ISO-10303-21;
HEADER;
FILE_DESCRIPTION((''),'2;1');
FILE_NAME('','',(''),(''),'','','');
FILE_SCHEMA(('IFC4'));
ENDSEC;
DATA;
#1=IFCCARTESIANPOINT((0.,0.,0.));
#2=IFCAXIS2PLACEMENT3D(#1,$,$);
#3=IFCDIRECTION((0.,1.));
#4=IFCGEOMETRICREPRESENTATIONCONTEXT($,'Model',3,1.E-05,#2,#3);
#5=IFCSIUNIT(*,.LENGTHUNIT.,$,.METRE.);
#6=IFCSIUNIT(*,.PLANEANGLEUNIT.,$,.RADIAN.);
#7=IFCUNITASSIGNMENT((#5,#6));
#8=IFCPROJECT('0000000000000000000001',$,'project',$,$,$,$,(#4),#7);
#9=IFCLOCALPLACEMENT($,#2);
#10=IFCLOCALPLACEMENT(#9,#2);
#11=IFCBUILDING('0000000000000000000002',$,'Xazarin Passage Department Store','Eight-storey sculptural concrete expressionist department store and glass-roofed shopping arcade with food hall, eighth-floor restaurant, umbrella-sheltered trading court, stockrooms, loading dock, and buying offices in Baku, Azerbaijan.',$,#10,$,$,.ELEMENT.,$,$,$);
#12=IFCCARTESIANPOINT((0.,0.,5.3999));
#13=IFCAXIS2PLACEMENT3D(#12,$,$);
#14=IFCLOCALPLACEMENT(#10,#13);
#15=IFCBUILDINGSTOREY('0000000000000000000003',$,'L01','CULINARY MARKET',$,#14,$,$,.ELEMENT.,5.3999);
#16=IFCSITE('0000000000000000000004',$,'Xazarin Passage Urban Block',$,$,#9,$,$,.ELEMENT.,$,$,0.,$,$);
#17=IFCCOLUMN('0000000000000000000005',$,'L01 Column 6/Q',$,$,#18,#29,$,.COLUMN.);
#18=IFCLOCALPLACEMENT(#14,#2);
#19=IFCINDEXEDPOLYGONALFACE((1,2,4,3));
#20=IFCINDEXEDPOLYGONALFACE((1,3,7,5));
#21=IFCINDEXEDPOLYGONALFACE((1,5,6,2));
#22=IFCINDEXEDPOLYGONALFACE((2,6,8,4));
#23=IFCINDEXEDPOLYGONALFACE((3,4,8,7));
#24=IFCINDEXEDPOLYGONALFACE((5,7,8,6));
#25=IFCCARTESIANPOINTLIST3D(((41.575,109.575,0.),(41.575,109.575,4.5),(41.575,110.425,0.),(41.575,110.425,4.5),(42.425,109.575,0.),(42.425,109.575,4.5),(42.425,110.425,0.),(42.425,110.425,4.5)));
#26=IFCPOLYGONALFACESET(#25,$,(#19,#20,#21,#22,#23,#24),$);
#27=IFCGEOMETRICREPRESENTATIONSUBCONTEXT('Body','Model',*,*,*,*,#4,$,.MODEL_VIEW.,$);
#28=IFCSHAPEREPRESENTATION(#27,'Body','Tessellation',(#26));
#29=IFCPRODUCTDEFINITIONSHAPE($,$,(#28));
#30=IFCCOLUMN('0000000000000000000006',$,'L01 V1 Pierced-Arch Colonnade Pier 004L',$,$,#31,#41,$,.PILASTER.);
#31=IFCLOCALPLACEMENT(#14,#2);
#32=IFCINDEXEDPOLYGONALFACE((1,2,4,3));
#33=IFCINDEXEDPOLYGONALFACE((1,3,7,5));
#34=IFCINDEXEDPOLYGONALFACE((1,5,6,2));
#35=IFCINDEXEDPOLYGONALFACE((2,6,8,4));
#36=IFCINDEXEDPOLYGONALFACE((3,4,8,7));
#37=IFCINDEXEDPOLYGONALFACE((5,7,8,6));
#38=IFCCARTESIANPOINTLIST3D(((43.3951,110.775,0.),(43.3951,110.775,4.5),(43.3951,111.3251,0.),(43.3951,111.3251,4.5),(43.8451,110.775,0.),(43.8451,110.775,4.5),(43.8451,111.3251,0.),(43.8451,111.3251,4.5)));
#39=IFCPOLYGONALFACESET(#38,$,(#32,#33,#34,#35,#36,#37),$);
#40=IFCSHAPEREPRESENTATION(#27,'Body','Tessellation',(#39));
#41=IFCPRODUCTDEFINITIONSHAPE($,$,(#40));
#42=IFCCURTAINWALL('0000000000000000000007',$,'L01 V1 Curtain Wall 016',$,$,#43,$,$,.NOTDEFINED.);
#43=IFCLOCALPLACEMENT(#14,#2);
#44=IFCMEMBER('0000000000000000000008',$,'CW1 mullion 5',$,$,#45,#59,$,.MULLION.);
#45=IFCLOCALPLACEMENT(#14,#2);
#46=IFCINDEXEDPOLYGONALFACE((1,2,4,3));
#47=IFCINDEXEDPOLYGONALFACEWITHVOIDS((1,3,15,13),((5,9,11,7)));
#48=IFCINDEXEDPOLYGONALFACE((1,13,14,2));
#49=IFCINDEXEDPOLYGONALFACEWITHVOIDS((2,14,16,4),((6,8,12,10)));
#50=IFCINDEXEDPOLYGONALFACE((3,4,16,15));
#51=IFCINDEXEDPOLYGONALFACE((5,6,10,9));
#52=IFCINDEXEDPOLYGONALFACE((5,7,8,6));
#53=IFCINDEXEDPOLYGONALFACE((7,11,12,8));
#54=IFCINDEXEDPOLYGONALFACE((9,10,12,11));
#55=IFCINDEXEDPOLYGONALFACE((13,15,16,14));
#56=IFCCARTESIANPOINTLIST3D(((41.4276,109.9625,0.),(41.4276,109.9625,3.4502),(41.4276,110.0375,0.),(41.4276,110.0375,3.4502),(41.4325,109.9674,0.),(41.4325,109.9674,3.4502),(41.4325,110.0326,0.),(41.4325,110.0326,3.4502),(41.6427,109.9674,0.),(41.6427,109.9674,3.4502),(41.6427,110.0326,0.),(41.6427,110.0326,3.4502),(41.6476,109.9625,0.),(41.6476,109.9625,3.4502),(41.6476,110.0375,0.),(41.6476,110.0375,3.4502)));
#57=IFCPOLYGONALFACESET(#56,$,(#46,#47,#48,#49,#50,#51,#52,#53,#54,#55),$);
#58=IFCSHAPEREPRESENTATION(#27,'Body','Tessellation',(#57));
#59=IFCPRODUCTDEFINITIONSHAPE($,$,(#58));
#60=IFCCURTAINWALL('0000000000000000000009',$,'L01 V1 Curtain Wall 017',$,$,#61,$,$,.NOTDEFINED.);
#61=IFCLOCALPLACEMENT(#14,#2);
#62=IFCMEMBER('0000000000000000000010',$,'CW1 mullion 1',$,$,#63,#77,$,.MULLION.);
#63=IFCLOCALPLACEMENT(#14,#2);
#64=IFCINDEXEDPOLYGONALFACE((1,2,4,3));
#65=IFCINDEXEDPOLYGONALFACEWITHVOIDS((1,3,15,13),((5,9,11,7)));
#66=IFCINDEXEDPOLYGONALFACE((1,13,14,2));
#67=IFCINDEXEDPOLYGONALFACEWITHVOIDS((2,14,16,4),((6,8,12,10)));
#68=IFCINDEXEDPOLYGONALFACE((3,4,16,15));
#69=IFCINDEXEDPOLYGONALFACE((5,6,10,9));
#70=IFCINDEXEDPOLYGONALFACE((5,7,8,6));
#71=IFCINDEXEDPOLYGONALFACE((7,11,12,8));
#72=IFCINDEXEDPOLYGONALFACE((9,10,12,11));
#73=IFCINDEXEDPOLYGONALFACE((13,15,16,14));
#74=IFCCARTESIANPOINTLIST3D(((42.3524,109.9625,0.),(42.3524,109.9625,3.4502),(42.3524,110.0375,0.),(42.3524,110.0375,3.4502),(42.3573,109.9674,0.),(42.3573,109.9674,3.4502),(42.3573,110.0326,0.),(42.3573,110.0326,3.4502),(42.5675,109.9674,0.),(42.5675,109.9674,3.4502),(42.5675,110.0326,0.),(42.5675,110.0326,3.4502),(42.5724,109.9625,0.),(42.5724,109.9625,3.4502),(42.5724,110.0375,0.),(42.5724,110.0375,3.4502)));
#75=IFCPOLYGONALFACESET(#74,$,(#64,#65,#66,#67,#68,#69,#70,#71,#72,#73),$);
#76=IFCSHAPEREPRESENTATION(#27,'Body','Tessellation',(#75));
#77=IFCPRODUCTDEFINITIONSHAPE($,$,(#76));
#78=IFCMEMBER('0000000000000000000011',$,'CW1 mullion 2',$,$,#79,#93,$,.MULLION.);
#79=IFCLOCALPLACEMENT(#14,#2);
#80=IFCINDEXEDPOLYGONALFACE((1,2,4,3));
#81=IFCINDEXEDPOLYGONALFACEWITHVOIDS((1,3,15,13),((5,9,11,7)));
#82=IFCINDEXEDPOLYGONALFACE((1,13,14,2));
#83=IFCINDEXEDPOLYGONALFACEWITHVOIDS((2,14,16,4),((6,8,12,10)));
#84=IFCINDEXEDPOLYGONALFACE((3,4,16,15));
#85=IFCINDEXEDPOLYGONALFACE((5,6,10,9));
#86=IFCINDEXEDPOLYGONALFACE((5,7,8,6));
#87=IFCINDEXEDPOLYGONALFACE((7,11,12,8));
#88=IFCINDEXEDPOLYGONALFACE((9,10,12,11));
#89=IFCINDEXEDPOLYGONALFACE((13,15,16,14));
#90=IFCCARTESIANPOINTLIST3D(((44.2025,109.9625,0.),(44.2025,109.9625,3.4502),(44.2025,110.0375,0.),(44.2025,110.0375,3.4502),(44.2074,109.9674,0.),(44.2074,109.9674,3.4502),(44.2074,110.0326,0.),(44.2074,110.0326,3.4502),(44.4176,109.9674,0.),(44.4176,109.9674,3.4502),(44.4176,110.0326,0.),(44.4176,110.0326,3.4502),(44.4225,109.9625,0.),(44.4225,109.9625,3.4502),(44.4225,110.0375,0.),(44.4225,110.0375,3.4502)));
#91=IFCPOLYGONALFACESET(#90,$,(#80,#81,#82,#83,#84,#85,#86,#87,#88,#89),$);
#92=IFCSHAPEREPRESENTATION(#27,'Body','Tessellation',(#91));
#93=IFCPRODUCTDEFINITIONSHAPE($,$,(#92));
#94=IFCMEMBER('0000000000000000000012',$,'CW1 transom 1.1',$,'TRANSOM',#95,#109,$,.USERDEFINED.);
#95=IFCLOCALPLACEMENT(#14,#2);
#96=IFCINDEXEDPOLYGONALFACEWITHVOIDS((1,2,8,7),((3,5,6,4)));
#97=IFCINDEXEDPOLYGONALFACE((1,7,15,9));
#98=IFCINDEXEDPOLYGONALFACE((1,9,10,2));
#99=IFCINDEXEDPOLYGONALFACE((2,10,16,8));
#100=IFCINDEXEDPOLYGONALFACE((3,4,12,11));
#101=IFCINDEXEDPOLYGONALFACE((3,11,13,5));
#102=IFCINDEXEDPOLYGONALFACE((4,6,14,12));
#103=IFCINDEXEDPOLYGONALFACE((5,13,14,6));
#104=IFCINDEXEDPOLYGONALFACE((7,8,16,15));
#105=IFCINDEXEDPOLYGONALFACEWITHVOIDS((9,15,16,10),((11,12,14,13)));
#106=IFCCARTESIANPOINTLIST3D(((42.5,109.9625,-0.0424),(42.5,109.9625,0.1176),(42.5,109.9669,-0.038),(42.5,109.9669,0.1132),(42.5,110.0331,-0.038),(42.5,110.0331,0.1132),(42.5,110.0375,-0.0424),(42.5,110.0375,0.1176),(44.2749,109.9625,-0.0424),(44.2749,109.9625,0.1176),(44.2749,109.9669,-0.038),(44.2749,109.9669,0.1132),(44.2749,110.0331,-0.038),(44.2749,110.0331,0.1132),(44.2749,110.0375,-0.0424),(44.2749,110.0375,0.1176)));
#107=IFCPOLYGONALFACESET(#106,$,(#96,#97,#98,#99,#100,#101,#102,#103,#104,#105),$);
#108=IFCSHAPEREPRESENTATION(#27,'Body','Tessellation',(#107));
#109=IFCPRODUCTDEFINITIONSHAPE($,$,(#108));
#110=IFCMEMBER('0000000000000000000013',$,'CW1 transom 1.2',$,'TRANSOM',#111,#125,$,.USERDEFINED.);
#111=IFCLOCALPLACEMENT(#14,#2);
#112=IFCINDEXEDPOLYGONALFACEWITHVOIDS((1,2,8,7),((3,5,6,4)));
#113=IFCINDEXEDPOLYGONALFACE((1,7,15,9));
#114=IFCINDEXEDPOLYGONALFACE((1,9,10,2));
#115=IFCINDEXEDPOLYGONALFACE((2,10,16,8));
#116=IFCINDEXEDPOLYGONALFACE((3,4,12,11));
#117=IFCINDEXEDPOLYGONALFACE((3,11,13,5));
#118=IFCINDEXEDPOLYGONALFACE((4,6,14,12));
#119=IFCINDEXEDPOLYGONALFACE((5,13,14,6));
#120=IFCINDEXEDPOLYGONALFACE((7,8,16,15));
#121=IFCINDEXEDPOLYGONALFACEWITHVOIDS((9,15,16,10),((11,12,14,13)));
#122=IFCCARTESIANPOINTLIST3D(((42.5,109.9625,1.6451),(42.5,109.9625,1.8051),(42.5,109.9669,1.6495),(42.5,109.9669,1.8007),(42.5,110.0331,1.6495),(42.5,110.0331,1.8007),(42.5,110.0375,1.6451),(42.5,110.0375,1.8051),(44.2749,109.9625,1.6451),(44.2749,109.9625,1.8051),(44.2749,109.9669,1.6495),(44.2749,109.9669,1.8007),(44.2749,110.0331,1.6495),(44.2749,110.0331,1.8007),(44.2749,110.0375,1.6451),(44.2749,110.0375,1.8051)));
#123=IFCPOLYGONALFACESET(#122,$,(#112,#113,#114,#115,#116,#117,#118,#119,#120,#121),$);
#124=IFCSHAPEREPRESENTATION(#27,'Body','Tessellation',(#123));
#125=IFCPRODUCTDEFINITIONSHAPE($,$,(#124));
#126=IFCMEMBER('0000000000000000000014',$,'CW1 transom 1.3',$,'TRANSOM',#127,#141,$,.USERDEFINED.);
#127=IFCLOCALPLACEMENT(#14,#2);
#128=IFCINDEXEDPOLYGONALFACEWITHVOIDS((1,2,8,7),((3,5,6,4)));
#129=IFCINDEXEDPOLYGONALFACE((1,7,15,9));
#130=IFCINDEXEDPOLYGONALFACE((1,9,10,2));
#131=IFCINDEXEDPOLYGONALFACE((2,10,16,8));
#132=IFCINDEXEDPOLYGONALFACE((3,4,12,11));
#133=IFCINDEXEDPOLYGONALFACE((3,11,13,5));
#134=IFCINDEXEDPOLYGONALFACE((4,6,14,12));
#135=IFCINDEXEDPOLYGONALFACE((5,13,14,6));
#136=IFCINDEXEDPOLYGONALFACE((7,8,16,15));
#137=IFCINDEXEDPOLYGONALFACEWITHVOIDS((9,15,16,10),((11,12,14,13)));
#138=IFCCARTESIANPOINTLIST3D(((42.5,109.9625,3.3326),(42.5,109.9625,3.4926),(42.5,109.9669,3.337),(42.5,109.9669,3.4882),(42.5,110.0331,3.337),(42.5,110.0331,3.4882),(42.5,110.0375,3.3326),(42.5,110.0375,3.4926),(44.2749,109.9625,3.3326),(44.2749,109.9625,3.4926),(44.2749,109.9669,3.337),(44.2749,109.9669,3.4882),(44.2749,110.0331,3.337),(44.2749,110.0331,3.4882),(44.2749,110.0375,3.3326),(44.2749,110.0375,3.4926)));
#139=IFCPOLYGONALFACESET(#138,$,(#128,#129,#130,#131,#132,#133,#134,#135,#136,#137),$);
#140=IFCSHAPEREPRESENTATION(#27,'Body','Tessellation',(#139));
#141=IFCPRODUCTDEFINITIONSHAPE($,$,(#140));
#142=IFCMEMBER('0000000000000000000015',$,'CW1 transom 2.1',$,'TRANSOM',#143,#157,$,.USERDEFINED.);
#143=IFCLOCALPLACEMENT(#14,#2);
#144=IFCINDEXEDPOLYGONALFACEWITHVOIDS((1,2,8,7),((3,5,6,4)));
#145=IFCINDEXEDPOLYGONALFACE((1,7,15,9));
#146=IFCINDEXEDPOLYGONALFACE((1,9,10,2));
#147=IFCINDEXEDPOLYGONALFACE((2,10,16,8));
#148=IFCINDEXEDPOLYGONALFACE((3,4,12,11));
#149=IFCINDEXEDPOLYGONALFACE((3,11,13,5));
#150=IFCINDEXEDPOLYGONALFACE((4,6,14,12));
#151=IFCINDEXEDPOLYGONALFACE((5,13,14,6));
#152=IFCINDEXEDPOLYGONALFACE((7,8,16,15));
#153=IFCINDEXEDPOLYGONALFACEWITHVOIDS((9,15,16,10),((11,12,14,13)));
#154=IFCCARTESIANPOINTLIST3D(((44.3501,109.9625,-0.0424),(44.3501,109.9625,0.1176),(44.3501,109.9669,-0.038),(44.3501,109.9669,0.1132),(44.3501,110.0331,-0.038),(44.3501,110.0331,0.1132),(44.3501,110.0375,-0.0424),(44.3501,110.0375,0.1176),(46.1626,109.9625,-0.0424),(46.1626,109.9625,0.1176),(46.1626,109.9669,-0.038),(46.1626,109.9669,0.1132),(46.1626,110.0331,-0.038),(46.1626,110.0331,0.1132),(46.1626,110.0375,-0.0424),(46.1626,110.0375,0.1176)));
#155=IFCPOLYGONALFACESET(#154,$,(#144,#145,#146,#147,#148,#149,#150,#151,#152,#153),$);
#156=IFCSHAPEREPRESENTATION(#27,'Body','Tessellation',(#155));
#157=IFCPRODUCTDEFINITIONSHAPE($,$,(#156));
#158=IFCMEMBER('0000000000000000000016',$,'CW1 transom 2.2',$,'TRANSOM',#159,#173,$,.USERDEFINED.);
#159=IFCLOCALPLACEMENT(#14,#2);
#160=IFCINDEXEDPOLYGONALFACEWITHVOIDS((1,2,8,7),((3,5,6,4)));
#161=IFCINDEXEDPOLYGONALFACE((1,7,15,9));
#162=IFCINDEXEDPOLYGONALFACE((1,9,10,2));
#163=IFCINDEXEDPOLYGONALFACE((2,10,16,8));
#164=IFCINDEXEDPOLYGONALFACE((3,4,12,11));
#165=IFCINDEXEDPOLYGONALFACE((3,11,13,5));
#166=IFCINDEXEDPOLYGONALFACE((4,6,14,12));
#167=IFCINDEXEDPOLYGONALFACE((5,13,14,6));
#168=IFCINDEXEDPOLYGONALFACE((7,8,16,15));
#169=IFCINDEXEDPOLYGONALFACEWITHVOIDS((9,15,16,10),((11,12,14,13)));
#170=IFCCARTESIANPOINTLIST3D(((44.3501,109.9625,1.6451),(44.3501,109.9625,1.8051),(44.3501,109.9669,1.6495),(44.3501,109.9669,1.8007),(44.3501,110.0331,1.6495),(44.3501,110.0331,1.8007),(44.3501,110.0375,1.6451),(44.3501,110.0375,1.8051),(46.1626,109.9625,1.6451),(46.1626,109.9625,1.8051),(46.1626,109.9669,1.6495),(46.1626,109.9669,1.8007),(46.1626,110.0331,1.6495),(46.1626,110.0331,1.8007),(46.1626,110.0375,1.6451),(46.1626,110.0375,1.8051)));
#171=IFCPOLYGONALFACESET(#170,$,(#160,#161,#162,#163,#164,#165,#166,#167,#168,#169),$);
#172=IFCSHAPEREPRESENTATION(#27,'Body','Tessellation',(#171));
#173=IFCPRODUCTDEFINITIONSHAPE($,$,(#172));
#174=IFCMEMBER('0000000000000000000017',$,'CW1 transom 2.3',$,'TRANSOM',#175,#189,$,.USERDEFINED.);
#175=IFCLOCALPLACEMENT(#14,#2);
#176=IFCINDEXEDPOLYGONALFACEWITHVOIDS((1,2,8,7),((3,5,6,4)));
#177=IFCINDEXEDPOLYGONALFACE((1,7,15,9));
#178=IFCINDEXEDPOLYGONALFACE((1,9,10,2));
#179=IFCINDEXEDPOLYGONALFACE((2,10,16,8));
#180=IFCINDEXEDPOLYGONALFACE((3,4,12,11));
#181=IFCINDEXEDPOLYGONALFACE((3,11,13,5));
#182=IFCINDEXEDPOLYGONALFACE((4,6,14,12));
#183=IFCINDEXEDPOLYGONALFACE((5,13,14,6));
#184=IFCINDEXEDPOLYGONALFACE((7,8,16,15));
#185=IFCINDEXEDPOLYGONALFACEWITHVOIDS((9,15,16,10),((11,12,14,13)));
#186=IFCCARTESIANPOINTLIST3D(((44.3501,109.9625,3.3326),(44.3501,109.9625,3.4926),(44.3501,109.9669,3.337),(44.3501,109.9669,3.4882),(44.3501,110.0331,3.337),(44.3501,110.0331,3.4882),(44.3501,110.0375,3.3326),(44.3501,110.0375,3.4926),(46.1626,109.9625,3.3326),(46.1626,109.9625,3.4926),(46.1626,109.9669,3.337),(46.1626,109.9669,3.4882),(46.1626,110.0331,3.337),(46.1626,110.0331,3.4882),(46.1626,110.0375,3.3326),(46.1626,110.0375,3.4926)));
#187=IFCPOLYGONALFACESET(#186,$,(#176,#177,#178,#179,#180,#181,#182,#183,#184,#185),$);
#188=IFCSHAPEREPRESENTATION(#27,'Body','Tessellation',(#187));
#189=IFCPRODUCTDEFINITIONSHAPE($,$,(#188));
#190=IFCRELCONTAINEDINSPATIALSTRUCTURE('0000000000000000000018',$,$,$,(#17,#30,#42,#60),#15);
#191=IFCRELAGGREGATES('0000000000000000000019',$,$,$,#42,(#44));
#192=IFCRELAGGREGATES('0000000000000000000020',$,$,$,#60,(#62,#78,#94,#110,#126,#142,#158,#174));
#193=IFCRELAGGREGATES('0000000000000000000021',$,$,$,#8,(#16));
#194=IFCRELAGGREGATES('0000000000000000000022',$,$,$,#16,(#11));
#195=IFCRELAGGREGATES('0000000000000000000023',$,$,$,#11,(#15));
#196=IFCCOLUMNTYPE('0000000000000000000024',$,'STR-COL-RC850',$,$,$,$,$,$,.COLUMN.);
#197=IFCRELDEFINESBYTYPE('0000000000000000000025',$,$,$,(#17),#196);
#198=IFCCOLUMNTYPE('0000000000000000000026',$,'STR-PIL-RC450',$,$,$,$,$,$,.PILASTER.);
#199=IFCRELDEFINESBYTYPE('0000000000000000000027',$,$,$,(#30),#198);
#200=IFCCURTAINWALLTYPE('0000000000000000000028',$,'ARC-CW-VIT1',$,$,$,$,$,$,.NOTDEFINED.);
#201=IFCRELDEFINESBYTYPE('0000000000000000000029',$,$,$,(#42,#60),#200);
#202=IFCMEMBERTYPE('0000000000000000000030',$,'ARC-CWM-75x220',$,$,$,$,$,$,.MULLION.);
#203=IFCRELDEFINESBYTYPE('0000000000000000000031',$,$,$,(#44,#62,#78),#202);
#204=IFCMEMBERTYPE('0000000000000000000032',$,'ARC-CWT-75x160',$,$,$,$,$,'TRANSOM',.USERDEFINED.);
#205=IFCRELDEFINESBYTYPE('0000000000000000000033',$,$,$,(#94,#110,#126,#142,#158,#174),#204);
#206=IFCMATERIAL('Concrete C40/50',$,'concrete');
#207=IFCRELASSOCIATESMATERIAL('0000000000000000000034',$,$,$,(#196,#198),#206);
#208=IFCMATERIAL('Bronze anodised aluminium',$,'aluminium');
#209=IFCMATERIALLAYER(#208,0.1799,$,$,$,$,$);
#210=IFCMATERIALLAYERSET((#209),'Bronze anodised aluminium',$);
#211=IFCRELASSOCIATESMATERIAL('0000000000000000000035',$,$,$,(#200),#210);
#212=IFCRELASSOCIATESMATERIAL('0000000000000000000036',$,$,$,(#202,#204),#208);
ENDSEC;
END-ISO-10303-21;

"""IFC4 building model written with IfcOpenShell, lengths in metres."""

from ifc_helpers import new_model, si_unit, direction, frame, origin, origin_2d, place, context, subcontext, project, spatial, rectangle, hollow_rectangle, extrude, material, layer, layer_set, material_profile, profile_set, type_object, element, aggregate, save


model = new_model("IFC4")

# Units and contexts
model_context = context("Model", 3, precision=1e-05, world=origin(), true_north=direction((0.0, 1.0)))
body_context = subcontext(model_context, "Body", "Model", "MODEL_VIEW")
ifc_project = project(units=[si_unit("LENGTHUNIT", "METRE"), si_unit("PLANEANGLEUNIT", "RADIAN")], contexts=[model_context])

# Site, building, storey
site_placement = place(None, origin())
site = spatial("IfcSite", under=ifc_project, at=site_placement, Name="Xazarin Passage Urban Block", CompositionType="ELEMENT", RefElevation=0.0)
building_placement = place(site_placement, origin())
building = spatial("IfcBuilding", under=site, at=building_placement, Name="Xazarin Passage Department Store", Description="Eight-storey sculptural concrete expressionist department store and glass-roofed shopping arcade with food hall, eighth-floor restaurant, umbrella-sheltered trading court, stockrooms, loading dock, and buying offices in Baku, Azerbaijan.", CompositionType="ELEMENT")
storey_placement = place(building_placement, frame((0.0, 0.0, 5.3999)))
storey = spatial("IfcBuildingStorey", under=building, at=storey_placement, Name="L01", Description="CULINARY MARKET", CompositionType="ELEMENT", Elevation=5.3999)

# Columns
ifc_material_1 = material(Name="Concrete C40/50", Category="concrete")
ifc_material_profile_1 = material_profile(ifc_material_1, rectangle(XDim=0.8501, YDim=0.8501, at=origin_2d()), Name="RC 850x850")
ifc_profile_set_1 = profile_set([ifc_material_profile_1], Name="Concrete C40/50")
column_type_1 = type_object("IfcColumnType", Name="STR-COL-RC850", PredefinedType="COLUMN", material=ifc_profile_set_1)
column_1_placement = place(storey_placement, frame((42.0, 110.0, 0.0), z_axis=(0.0, 0.0, 1.0), x_axis=(1.0, 0.0, 0.0)))
element("IfcColumn", 1, at=column_1_placement, inside=storey, type_object=column_type_1, Name="L01 Column 6/Q", PredefinedType="COLUMN", context=body_context, shape_type="SweptSolid", body=[
    extrude(rectangle(XDim=0.8501, YDim=0.8501, at=origin_2d()), origin(), (0.0, 0.0, 1.0), 4.5),
])
ifc_material_profile_2 = material_profile(ifc_material_1, rectangle(XDim=0.45, YDim=0.55, at=origin_2d()), Name="RC 450x550")
ifc_profile_set_2 = profile_set([ifc_material_profile_2], Name="Concrete C40/50")
column_type_2 = type_object("IfcColumnType", Name="STR-PIL-RC450", PredefinedType="PILASTER", material=ifc_profile_set_2)
column_2_placement = place(storey_placement, frame((43.6201, 111.05, 0.0), z_axis=(0.0, 0.0, 1.0), x_axis=(1.0, 0.0, 0.0)))
element("IfcColumn", 2, at=column_2_placement, inside=storey, type_object=column_type_2, Name="L01 V1 Pierced-Arch Colonnade Pier 004L", PredefinedType="PILASTER", context=body_context, shape_type="SweptSolid", body=[
    extrude(rectangle(XDim=0.45, YDim=0.55, at=origin_2d()), origin(), (0.0, 0.0, 1.0), 4.5),
])

# Curtain wall, member
ifc_material_2 = material(Name="Bronze anodised aluminium", Category="aluminium")
ifc_layer_1 = layer(ifc_material_2, 0.1799)
ifc_layer_set_1 = layer_set([ifc_layer_1], Name="Bronze anodised aluminium")
curtain_wall_type = type_object("IfcCurtainWallType", Name="ARC-CW-VIT1", PredefinedType="NOTDEFINED", material=ifc_layer_set_1)
curtain_wall_1_placement = place(storey_placement, origin())
curtain_wall_1 = element("IfcCurtainWall", 3, at=curtain_wall_1_placement, inside=storey, type_object=curtain_wall_type, Name="L01 V1 Curtain Wall 016", PredefinedType="NOTDEFINED")
ifc_material_profile_3 = material_profile(ifc_material_2, hollow_rectangle(XDim=0.075, YDim=0.22, WallThickness=0.0049, at=origin_2d()), Name="ALU 75x220")
ifc_profile_set_3 = profile_set([ifc_material_profile_3], Name="Bronze anodised aluminium")
member_type_1 = type_object("IfcMemberType", Name="ARC-CWM-75x220", PredefinedType="MULLION", material=ifc_profile_set_3)
member_1_placement = place(storey_placement, frame((41.5376, 110.0, 0.0), z_axis=(0.0, 0.0, 1.0), x_axis=(0.0, 1.0, 0.0)))
member_1 = element("IfcMember", 4, at=member_1_placement, type_object=member_type_1, Name="CW1 mullion 5", PredefinedType="MULLION", context=body_context, shape_type="SweptSolid", body=[
    extrude(hollow_rectangle(XDim=0.075, YDim=0.22, WallThickness=0.0049, at=origin_2d()), origin(), (0.0, 0.0, 1.0), 3.4502),
])
aggregate(curtain_wall_1, [member_1])

# Curtain wall, members
curtain_wall_2_placement = place(storey_placement, origin())
curtain_wall_2 = element("IfcCurtainWall", 5, at=curtain_wall_2_placement, inside=storey, type_object=curtain_wall_type, Name="L01 V1 Curtain Wall 017", PredefinedType="NOTDEFINED")
member_2_placement = place(storey_placement, frame((42.4624, 110.0, 0.0), z_axis=(0.0, 0.0, 1.0), x_axis=(0.0, 1.0, 0.0)))
member_2 = element("IfcMember", 6, at=member_2_placement, type_object=member_type_1, Name="CW1 mullion 1", PredefinedType="MULLION", context=body_context, shape_type="SweptSolid", body=[
    extrude(hollow_rectangle(XDim=0.075, YDim=0.22, WallThickness=0.0049, at=origin_2d()), origin(), (0.0, 0.0, 1.0), 3.4502),
])
member_3_placement = place(storey_placement, frame((44.3125, 110.0, 0.0), z_axis=(0.0, 0.0, 1.0), x_axis=(0.0, 1.0, 0.0)))
member_3 = element("IfcMember", 7, at=member_3_placement, type_object=member_type_1, Name="CW1 mullion 2", PredefinedType="MULLION", context=body_context, shape_type="SweptSolid", body=[
    extrude(hollow_rectangle(XDim=0.075, YDim=0.22, WallThickness=0.0049, at=origin_2d()), origin(), (0.0, 0.0, 1.0), 3.4502),
])
ifc_material_profile_4 = material_profile(ifc_material_2, hollow_rectangle(XDim=0.075, YDim=0.1599, WallThickness=0.0044, at=origin_2d()), Name="ALU 75x160")
ifc_profile_set_4 = profile_set([ifc_material_profile_4], Name="Bronze anodised aluminium")
member_type_2 = type_object("IfcMemberType", Name="ARC-CWT-75x160", ElementType="TRANSOM", PredefinedType="USERDEFINED", material=ifc_profile_set_4)
member_4_placement = place(storey_placement, frame((42.5, 110.0, 0.0376), z_axis=(1.0, 0.0, 0.0), x_axis=(0.0, 1.0, 0.0)))
member_4 = element("IfcMember", 8, at=member_4_placement, type_object=member_type_2, Name="CW1 transom 1.1", ObjectType="TRANSOM", PredefinedType="USERDEFINED", context=body_context, shape_type="SweptSolid", body=[
    extrude(hollow_rectangle(XDim=0.075, YDim=0.1599, WallThickness=0.0044, at=origin_2d()), origin(), (0.0, 0.0, 1.0), 1.7749),
])
member_5_placement = place(storey_placement, frame((42.5, 110.0, 1.7251), z_axis=(1.0, 0.0, 0.0), x_axis=(0.0, 1.0, 0.0)))
member_5 = element("IfcMember", 9, at=member_5_placement, type_object=member_type_2, Name="CW1 transom 1.2", ObjectType="TRANSOM", PredefinedType="USERDEFINED", context=body_context, shape_type="SweptSolid", body=[
    extrude(hollow_rectangle(XDim=0.075, YDim=0.1599, WallThickness=0.0044, at=origin_2d()), origin(), (0.0, 0.0, 1.0), 1.7749),
])
member_6_placement = place(storey_placement, frame((42.5, 110.0, 3.4126), z_axis=(1.0, 0.0, 0.0), x_axis=(0.0, 1.0, 0.0)))
member_6 = element("IfcMember", 10, at=member_6_placement, type_object=member_type_2, Name="CW1 transom 1.3", ObjectType="TRANSOM", PredefinedType="USERDEFINED", context=body_context, shape_type="SweptSolid", body=[
    extrude(hollow_rectangle(XDim=0.075, YDim=0.1599, WallThickness=0.0044, at=origin_2d()), origin(), (0.0, 0.0, 1.0), 1.7749),
])
member_7_placement = place(storey_placement, frame((44.3501, 110.0, 0.0376), z_axis=(1.0, 0.0, 0.0), x_axis=(0.0, 1.0, 0.0)))
member_7 = element("IfcMember", 11, at=member_7_placement, type_object=member_type_2, Name="CW1 transom 2.1", ObjectType="TRANSOM", PredefinedType="USERDEFINED", context=body_context, shape_type="SweptSolid", body=[
    extrude(hollow_rectangle(XDim=0.075, YDim=0.1599, WallThickness=0.0044, at=origin_2d()), origin(), (0.0, 0.0, 1.0), 1.8125),
])
member_8_placement = place(storey_placement, frame((44.3501, 110.0, 1.7251), z_axis=(1.0, 0.0, 0.0), x_axis=(0.0, 1.0, 0.0)))
member_8 = element("IfcMember", 12, at=member_8_placement, type_object=member_type_2, Name="CW1 transom 2.2", ObjectType="TRANSOM", PredefinedType="USERDEFINED", context=body_context, shape_type="SweptSolid", body=[
    extrude(hollow_rectangle(XDim=0.075, YDim=0.1599, WallThickness=0.0044, at=origin_2d()), origin(), (0.0, 0.0, 1.0), 1.8125),
])
member_9_placement = place(storey_placement, frame((44.3501, 110.0, 3.4126), z_axis=(1.0, 0.0, 0.0), x_axis=(0.0, 1.0, 0.0)))
member_9 = element("IfcMember", 13, at=member_9_placement, type_object=member_type_2, Name="CW1 transom 2.3", ObjectType="TRANSOM", PredefinedType="USERDEFINED", context=body_context, shape_type="SweptSolid", body=[
    extrude(hollow_rectangle(XDim=0.075, YDim=0.1599, WallThickness=0.0044, at=origin_2d()), origin(), (0.0, 0.0, 1.0), 1.8125),
])

aggregate(curtain_wall_2, [member_2, member_3, member_4, member_5, member_6, member_7, member_8, member_9])

save(model, "model.ifc")
